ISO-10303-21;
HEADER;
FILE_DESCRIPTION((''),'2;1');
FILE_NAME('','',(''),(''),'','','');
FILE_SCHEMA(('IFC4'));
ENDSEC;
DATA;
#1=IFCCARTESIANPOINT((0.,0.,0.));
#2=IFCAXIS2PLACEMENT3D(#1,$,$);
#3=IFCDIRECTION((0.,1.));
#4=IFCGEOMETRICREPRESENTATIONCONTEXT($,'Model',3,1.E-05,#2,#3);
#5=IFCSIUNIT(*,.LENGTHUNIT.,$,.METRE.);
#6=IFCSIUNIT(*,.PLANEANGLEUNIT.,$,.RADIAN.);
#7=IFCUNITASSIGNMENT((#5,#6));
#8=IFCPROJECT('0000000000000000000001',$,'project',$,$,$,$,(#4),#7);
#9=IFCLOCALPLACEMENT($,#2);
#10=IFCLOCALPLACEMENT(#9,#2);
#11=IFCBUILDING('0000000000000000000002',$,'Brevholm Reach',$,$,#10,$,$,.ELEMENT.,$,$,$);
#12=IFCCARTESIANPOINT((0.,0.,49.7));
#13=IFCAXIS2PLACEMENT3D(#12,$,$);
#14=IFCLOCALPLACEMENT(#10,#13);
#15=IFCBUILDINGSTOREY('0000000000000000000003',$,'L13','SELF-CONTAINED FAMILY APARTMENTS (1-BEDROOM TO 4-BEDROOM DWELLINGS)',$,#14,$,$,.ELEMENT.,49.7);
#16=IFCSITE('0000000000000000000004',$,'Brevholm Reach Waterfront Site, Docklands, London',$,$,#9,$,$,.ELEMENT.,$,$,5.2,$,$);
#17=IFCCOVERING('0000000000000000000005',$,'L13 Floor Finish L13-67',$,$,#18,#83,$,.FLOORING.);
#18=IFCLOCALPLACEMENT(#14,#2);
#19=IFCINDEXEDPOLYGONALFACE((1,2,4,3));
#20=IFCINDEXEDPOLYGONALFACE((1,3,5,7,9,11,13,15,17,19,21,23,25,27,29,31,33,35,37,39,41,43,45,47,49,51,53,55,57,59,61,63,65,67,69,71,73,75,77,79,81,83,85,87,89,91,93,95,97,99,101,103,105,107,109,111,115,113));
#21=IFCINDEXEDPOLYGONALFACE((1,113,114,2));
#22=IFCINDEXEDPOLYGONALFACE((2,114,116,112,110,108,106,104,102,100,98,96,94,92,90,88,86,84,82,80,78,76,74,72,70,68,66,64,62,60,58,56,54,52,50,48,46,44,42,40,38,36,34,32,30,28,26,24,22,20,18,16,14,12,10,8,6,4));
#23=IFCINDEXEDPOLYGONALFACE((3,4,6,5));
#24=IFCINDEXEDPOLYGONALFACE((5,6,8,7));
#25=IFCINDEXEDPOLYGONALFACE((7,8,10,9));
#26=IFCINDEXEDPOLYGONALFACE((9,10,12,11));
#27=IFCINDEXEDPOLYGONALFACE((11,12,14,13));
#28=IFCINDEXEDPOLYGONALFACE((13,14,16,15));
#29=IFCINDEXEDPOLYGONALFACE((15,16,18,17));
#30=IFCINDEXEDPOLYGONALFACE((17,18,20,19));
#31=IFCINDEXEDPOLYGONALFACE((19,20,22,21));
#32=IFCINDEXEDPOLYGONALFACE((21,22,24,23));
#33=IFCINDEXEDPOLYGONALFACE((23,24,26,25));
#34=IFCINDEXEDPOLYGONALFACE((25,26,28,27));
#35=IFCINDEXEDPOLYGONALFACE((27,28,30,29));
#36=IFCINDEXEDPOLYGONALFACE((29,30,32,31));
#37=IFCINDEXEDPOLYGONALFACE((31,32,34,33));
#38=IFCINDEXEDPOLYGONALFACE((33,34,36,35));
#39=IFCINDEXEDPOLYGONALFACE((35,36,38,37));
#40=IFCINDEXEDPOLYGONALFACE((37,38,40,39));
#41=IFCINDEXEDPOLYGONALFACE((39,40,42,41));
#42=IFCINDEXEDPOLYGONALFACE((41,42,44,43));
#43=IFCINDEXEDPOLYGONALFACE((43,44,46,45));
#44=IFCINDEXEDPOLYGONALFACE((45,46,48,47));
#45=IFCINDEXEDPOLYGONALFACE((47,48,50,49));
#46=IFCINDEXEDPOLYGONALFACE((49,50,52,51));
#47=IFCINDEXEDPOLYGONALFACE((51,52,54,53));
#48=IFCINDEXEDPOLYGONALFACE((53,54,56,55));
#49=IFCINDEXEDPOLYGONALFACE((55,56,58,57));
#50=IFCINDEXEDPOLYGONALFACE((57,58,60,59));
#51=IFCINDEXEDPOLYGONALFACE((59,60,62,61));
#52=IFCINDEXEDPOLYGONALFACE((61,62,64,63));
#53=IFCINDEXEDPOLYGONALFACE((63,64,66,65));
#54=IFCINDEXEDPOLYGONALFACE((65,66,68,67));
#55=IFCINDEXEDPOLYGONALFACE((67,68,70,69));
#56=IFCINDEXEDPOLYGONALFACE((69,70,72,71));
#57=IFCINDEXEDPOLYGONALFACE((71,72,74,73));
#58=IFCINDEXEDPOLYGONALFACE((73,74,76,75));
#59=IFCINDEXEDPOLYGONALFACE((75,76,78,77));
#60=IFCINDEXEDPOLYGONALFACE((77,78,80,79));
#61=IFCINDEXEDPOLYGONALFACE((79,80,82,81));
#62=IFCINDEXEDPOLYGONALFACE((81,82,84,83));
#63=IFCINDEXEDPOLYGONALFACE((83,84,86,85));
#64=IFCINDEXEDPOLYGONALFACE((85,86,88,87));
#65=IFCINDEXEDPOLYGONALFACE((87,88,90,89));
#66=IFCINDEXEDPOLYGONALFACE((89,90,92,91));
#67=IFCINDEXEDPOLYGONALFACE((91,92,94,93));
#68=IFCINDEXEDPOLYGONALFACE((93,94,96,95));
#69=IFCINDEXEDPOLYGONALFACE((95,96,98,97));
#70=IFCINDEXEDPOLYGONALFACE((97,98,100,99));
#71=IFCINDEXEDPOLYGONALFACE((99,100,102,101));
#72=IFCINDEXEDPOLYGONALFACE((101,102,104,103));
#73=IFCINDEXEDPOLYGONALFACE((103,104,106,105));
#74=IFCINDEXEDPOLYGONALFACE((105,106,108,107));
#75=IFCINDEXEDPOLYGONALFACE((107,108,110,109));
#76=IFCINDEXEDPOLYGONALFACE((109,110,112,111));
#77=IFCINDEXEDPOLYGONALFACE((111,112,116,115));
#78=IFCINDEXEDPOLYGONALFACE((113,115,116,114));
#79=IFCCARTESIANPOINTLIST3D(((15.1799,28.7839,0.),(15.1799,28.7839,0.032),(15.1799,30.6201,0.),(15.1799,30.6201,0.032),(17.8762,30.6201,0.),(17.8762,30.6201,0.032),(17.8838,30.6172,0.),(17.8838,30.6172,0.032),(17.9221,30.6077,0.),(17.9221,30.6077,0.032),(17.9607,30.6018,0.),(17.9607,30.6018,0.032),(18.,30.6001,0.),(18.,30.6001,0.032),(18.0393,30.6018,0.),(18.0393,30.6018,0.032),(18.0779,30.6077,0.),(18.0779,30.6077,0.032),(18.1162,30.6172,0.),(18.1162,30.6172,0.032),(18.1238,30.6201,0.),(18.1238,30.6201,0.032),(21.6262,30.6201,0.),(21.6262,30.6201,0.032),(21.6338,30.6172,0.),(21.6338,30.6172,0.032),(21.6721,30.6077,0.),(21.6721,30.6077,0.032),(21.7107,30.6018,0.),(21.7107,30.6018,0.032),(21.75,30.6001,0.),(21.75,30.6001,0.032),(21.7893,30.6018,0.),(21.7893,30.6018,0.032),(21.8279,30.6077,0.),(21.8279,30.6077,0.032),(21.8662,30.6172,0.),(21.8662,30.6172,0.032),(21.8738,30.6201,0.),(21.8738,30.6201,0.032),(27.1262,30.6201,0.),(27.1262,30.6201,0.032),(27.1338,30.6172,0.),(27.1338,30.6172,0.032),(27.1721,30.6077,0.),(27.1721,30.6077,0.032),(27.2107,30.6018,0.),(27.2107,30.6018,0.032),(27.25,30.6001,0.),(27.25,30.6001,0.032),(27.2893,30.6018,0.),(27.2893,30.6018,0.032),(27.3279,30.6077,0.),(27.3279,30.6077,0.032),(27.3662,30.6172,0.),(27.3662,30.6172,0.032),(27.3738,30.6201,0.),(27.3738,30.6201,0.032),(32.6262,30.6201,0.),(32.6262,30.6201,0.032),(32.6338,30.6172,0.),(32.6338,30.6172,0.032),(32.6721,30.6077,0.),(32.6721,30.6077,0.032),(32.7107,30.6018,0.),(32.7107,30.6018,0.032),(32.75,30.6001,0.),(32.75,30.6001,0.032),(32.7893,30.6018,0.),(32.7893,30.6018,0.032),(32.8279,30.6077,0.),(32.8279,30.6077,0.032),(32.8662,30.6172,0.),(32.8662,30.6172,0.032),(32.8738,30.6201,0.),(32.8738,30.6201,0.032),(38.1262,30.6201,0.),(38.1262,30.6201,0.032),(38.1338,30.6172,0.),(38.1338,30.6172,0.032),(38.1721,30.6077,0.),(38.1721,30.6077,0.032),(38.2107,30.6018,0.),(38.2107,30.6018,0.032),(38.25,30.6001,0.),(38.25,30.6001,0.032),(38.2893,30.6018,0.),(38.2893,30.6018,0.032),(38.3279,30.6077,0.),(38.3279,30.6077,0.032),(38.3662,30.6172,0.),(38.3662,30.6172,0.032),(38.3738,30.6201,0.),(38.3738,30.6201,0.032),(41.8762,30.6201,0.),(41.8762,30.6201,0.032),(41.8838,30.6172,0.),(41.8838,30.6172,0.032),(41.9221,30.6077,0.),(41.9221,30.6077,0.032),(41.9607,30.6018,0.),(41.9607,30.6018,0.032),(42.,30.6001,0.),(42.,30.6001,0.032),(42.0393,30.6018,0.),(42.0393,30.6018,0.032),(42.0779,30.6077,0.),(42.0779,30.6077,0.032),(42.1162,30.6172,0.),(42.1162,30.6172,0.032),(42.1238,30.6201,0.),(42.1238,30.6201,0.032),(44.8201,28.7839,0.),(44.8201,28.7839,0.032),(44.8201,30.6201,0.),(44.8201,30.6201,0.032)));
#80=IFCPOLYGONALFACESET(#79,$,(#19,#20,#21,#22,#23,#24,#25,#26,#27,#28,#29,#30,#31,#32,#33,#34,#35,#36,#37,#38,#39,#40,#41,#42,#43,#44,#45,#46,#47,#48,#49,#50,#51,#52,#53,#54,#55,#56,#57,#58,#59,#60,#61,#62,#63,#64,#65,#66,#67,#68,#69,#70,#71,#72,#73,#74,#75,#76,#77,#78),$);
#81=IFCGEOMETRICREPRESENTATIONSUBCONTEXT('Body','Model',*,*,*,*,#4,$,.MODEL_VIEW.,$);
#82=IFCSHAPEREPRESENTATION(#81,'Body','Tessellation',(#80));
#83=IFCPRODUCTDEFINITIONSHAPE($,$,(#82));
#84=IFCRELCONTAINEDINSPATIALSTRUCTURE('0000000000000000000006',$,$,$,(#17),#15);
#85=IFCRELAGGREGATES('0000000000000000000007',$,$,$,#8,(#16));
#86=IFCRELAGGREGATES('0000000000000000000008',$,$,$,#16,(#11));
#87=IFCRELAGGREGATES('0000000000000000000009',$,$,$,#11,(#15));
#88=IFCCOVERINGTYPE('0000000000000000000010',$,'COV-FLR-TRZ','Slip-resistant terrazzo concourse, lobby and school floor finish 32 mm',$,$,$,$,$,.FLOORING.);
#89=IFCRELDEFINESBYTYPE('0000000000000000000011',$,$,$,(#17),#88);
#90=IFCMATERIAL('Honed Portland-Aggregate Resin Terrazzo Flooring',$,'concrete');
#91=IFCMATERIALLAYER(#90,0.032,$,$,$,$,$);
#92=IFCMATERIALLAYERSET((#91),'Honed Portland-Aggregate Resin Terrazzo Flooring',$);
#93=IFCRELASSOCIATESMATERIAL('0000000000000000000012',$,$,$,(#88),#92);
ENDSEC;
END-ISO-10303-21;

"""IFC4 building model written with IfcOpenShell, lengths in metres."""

from ifc_helpers import new_model, si_unit, direction, frame, origin, place, context, subcontext, project, spatial, polyline, outline, extrude, material, layer, layer_set, type_object, element, save


model = new_model("IFC4")

# Units and contexts
model_context = context("Model", 3, precision=1e-05, world=origin(), true_north=direction((0.0, 1.0)))
body_context = subcontext(model_context, "Body", "Model", "MODEL_VIEW")
ifc_project = project(units=[si_unit("LENGTHUNIT", "METRE"), si_unit("PLANEANGLEUNIT", "RADIAN")], contexts=[model_context])

# Site, building, storey
site_placement = place(None, origin())
site = spatial("IfcSite", under=ifc_project, at=site_placement, Name="Brevholm Reach Waterfront Site, Docklands, London", CompositionType="ELEMENT", RefElevation=5.2)
building_placement = place(site_placement, origin())
building = spatial("IfcBuilding", under=site, at=building_placement, Name="Brevholm Reach", CompositionType="ELEMENT")
storey_placement = place(building_placement, frame((0.0, 0.0, 49.7)))
storey = spatial("IfcBuildingStorey", under=building, at=storey_placement, Name="L13", Description="SELF-CONTAINED FAMILY APARTMENTS (1-BEDROOM TO 4-BEDROOM DWELLINGS)", CompositionType="ELEMENT", Elevation=49.7)

# Covering
ifc_material_1 = material(Name="Honed Portland-Aggregate Resin Terrazzo Flooring", Category="concrete")
ifc_layer_1 = layer(ifc_material_1, 0.032)
ifc_layer_set_1 = layer_set([ifc_layer_1], Name="Honed Portland-Aggregate Resin Terrazzo Flooring")
covering_type_1 = type_object("IfcCoveringType", Name="COV-FLR-TRZ", Description="Slip-resistant terrazzo concourse, lobby and school floor finish 32 mm", PredefinedType="FLOORING", material=ifc_layer_set_1)
covering_1_placement = place(storey_placement, origin())
element("IfcCovering", 1, at=covering_1_placement, inside=storey, type_object=covering_type_1, Name="L13 Floor Finish L13-67", PredefinedType="FLOORING", context=body_context, shape_type="SweptSolid", body=[
    extrude(outline(polyline([(15.1799, 30.6201), (17.8762, 30.6201), (17.8838, 30.6172), (17.9221, 30.6077), (17.9607, 30.6018), (18.0, 30.6001), (18.0393, 30.6018), (18.0779, 30.6077), (18.1162, 30.6172), (18.1238, 30.6201), (21.6262, 30.6201), (21.6338, 30.6172), (21.6721, 30.6077), (21.7107, 30.6018), (21.75, 30.6001), (21.7893, 30.6018), (21.8279, 30.6077), (21.8662, 30.6172), (21.8738, 30.6201), (27.1262, 30.6201), (27.1338, 30.6172), (27.1721, 30.6077), (27.2107, 30.6018), (27.25, 30.6001), (27.2893, 30.6018), (27.3279, 30.6077), (27.3662, 30.6172), (27.3738, 30.6201), (32.6262, 30.6201), (32.6338, 30.6172), (32.6721, 30.6077), (32.7107, 30.6018), (32.75, 30.6001), (32.7893, 30.6018), (32.8279, 30.6077), (32.8662, 30.6172), (32.8738, 30.6201), (38.1262, 30.6201), (38.1338, 30.6172), (38.1721, 30.6077), (38.2107, 30.6018), (38.25, 30.6001), (38.2893, 30.6018), (38.3279, 30.6077), (38.3662, 30.6172), (38.3738, 30.6201), (41.8762, 30.6201), (41.8838, 30.6172), (41.9221, 30.6077), (41.9607, 30.6018), (42.0, 30.6001), (42.0393, 30.6018), (42.0779, 30.6077), (42.1162, 30.6172), (42.1238, 30.6201), (44.8201, 30.6201), (44.8201, 28.7839), (15.1799, 28.7839), (15.1799, 30.6201)])), origin(), (0.0, 0.0, 1.0), 0.032),
])

save(model, "model.ifc")
